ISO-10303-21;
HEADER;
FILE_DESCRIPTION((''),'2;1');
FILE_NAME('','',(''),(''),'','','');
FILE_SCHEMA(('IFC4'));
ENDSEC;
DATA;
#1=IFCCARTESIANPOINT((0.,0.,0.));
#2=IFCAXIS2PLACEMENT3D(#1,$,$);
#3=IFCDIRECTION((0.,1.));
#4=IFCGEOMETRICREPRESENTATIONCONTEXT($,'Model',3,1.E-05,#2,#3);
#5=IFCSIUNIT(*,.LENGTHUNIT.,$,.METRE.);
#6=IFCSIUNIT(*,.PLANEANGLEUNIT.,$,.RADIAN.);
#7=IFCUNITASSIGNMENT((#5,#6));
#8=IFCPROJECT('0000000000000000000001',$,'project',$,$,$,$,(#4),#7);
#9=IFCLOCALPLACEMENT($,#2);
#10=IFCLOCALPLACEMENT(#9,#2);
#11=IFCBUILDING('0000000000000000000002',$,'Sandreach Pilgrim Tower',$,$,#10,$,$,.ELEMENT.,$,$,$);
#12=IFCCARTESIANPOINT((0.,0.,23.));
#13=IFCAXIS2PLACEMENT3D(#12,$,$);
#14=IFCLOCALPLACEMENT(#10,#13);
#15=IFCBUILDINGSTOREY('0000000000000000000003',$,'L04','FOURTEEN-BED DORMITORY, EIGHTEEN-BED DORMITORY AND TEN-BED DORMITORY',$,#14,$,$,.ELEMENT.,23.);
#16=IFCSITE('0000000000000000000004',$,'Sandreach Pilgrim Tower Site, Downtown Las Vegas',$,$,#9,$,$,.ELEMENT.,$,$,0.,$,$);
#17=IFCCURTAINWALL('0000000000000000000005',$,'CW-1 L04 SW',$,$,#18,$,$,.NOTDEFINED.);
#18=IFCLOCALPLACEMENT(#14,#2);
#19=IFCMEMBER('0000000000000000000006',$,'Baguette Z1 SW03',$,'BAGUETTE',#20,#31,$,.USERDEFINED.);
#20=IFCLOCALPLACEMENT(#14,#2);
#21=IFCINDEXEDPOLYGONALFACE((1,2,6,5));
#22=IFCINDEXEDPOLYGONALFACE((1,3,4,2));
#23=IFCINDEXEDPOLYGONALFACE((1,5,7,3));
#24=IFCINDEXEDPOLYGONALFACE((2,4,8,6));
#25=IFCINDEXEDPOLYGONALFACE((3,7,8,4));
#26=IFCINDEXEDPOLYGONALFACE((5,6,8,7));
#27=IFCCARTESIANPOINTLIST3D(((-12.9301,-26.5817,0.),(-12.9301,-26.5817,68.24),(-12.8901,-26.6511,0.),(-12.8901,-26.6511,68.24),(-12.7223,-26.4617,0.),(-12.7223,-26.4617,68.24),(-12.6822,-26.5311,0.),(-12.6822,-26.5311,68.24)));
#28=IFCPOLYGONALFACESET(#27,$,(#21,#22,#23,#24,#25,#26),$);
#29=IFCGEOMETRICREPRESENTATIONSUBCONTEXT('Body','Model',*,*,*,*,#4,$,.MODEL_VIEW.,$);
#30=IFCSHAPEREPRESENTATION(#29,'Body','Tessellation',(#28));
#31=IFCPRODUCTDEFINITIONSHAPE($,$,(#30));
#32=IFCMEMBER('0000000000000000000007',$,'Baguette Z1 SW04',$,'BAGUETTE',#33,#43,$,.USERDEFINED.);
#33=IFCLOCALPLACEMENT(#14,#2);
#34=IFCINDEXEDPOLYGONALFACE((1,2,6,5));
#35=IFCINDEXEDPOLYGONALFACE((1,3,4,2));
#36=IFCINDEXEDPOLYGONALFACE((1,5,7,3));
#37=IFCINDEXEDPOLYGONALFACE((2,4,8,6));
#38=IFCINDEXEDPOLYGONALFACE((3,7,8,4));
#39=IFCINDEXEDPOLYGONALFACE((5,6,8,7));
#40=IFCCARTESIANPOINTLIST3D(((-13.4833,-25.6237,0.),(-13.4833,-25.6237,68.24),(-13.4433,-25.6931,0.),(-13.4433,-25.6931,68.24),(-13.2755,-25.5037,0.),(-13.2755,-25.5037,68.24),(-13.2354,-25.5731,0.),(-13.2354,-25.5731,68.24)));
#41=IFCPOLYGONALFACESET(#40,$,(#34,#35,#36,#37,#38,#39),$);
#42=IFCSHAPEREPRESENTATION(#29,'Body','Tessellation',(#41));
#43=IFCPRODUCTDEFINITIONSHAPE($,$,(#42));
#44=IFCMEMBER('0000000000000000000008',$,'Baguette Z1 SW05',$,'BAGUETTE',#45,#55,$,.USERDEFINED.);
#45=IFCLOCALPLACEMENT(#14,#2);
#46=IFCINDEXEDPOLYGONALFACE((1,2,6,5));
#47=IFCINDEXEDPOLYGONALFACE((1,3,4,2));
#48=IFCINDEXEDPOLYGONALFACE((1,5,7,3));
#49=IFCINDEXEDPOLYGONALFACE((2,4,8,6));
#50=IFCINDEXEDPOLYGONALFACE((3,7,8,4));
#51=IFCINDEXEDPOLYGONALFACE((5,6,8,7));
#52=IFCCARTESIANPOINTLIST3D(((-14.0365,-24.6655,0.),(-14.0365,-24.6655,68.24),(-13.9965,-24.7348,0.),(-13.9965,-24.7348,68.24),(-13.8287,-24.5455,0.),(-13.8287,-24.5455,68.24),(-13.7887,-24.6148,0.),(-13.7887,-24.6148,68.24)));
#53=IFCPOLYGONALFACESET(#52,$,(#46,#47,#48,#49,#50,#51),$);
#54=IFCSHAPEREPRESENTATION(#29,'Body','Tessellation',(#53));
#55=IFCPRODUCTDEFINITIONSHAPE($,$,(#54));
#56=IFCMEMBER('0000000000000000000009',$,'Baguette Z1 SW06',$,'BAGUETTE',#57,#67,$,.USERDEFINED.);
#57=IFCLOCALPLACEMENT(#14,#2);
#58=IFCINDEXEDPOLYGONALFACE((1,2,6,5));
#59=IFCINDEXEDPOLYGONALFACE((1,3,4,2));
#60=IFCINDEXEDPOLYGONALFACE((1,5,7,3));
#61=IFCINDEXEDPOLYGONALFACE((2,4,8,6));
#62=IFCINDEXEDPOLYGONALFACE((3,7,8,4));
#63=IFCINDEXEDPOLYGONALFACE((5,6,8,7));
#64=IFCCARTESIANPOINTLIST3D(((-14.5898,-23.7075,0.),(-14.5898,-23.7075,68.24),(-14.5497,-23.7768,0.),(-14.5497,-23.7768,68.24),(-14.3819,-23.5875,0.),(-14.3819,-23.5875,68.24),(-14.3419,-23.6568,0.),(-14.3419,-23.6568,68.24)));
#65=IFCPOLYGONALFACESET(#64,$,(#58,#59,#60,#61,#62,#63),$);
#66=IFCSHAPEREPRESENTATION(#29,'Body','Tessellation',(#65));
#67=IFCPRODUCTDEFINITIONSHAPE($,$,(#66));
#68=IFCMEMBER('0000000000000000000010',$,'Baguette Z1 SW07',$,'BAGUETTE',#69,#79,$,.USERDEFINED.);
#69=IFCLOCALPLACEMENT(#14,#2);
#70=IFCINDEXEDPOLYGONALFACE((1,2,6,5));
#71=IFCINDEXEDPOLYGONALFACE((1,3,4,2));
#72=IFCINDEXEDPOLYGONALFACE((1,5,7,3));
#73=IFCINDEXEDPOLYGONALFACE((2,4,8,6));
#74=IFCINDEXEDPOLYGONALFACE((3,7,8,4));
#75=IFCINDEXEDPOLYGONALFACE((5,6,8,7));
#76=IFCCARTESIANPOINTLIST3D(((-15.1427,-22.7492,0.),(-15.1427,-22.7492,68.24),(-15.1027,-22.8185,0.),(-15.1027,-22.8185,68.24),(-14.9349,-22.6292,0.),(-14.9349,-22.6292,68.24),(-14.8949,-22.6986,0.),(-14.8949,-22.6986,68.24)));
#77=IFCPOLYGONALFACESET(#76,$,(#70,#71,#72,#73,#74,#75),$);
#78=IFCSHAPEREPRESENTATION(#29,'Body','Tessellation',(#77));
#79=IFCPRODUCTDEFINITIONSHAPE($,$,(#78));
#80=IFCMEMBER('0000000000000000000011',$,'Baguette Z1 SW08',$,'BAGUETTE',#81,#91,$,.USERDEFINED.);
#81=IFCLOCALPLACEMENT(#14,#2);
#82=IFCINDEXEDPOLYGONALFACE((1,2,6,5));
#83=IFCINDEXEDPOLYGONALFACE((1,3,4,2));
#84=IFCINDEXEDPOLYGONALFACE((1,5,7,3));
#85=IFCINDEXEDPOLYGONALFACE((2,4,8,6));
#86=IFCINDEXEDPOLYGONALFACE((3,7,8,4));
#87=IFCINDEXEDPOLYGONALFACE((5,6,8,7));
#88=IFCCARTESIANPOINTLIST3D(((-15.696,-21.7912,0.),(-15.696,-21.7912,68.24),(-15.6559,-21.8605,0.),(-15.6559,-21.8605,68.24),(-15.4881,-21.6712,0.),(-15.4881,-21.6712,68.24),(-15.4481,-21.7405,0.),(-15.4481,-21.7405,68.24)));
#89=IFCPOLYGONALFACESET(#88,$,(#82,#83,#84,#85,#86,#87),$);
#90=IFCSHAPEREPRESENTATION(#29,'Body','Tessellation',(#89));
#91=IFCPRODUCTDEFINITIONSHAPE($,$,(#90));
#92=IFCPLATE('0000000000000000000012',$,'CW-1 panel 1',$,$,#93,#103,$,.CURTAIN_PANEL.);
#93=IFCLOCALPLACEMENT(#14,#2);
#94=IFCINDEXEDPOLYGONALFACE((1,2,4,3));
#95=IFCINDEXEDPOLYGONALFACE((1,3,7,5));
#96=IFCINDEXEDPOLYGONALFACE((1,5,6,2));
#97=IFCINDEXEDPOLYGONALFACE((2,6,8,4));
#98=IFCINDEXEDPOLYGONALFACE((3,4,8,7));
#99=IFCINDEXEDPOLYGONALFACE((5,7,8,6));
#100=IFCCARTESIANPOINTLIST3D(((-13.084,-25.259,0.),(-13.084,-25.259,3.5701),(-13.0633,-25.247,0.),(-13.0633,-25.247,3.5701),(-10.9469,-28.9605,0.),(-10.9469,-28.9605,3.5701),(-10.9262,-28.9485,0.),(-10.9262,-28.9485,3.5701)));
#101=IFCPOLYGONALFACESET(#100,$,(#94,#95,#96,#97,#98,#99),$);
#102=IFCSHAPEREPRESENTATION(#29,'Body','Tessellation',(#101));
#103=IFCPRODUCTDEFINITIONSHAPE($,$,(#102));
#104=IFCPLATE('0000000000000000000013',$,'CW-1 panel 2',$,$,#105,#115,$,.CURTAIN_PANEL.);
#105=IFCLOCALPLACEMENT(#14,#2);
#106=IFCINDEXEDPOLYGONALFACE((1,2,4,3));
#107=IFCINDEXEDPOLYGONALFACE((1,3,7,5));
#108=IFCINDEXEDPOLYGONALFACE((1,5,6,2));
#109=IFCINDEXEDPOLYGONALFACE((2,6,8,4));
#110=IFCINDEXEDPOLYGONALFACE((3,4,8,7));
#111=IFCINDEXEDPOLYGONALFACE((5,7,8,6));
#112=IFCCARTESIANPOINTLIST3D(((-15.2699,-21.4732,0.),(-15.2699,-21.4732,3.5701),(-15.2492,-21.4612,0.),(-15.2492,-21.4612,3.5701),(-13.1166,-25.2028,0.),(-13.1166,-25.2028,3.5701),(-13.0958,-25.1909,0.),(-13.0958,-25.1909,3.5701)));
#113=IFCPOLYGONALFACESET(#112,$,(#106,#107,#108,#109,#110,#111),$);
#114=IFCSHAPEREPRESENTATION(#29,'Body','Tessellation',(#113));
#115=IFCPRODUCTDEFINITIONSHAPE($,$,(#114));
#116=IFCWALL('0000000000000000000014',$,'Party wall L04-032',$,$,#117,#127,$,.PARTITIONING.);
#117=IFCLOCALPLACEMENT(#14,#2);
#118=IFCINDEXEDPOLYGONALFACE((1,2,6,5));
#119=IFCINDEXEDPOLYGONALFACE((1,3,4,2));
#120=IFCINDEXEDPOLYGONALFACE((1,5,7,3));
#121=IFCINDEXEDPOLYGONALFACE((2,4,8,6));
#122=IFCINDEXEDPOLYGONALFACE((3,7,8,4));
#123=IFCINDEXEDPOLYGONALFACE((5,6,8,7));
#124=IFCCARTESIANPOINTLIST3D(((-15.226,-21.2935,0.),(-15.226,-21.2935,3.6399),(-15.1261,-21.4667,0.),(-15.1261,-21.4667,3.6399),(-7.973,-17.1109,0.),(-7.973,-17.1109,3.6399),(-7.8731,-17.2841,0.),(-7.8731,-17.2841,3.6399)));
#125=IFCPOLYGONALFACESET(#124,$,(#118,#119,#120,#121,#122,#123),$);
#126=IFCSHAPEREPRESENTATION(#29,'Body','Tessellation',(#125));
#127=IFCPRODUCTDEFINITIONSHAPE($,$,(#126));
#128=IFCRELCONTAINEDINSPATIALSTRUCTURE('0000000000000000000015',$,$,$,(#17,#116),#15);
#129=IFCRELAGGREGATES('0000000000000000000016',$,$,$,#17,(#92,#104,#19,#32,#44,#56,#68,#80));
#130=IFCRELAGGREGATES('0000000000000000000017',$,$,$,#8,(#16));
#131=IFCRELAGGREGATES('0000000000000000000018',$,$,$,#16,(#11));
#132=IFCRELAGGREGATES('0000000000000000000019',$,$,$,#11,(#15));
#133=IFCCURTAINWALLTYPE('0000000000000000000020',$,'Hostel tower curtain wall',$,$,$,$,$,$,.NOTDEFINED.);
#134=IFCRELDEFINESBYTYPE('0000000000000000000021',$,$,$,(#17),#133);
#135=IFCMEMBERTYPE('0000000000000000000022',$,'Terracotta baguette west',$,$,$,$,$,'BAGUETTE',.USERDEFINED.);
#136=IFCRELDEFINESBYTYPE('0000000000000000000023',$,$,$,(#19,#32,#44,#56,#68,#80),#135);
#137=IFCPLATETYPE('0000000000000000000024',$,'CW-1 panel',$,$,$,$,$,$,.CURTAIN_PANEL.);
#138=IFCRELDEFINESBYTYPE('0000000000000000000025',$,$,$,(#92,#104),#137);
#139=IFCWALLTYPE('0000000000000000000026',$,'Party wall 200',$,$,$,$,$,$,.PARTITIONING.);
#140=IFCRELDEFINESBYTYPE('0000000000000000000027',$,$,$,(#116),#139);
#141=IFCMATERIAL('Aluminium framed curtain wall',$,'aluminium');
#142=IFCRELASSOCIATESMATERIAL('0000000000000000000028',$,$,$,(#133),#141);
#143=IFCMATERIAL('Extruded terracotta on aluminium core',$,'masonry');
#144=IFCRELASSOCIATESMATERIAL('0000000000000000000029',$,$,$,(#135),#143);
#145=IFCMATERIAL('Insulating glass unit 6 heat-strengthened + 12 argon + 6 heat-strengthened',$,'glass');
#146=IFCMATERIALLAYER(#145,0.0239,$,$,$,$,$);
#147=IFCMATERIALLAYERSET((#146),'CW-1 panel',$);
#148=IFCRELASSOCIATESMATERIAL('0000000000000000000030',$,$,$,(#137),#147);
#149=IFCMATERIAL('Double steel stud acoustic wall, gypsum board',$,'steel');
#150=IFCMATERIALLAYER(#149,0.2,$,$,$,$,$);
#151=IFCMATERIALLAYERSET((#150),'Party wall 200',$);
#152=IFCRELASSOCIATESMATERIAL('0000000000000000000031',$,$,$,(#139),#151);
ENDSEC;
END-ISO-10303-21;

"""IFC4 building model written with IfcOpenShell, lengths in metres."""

from ifc_helpers import new_model, si_unit, direction, frame, frame_2d, origin, origin_2d, place, context, subcontext, project, spatial, rectangle, extrude, material, layer, layer_set, material_profile, profile_set, type_object, element, aggregate, save


model = new_model("IFC4")

# Units and contexts
model_context = context("Model", 3, precision=1e-05, world=origin(), true_north=direction((0.0, 1.0)))
body_context = subcontext(model_context, "Body", "Model", "MODEL_VIEW")
ifc_project = project(units=[si_unit("LENGTHUNIT", "METRE"), si_unit("PLANEANGLEUNIT", "RADIAN")], contexts=[model_context])

# Site, building, storey
site_placement = place(None, origin())
site = spatial("IfcSite", under=ifc_project, at=site_placement, Name="Sandreach Pilgrim Tower Site, Downtown Las Vegas", CompositionType="ELEMENT", RefElevation=0.0)
building_placement = place(site_placement, origin())
building = spatial("IfcBuilding", under=site, at=building_placement, Name="Sandreach Pilgrim Tower", CompositionType="ELEMENT")
storey_placement = place(building_placement, frame((0.0, 0.0, 23.0)))
storey = spatial("IfcBuildingStorey", under=building, at=storey_placement, Name="L04", Description="FOURTEEN-BED DORMITORY, EIGHTEEN-BED DORMITORY AND TEN-BED DORMITORY", CompositionType="ELEMENT", Elevation=23.0)

# Curtain wall
ifc_material_1 = material(Name="Aluminium framed curtain wall", Category="aluminium")
curtain_wall_type = type_object("IfcCurtainWallType", Name="Hostel tower curtain wall", PredefinedType="NOTDEFINED", material=ifc_material_1)
curtain_wall_placement = place(storey_placement, origin())
curtain_wall = element("IfcCurtainWall", 1, at=curtain_wall_placement, inside=storey, type_object=curtain_wall_type, Name="CW-1 L04 SW", PredefinedType="NOTDEFINED")

# Members
ifc_material_2 = material(Name="Extruded terracotta on aluminium core", Category="masonry")
ifc_material_profile_1 = material_profile(ifc_material_2, rectangle(XDim=0.0801, YDim=0.24, at=origin_2d()), Name="TBW 80X240")
ifc_profile_set_1 = profile_set([ifc_material_profile_1], Name="Extruded terracotta on aluminium core")
member_type_1 = type_object("IfcMemberType", Name="Terracotta baguette west", ElementType="BAGUETTE", PredefinedType="USERDEFINED", material=ifc_profile_set_1)
member_1_placement = place(storey_placement, frame((-12.8062, -26.5564, 0.0), z_axis=(0.0, 0.0, 1.0), x_axis=(-0.5, 0.866025, 0.0)))
member_1 = element("IfcMember", 2, at=member_1_placement, type_object=member_type_1, Name="Baguette Z1 SW03", ObjectType="BAGUETTE", PredefinedType="USERDEFINED", context=body_context, shape_type="SweptSolid", body=[
    extrude(rectangle(XDim=0.0801, YDim=0.24, at=origin_2d()), origin(), (0.0, 0.0, 1.0), 68.24),
])
member_2_placement = place(storey_placement, frame((-13.3594, -25.5984, 0.0), z_axis=(0.0, 0.0, 1.0), x_axis=(-0.5, 0.866025, 0.0)))
member_2 = element("IfcMember", 3, at=member_2_placement, type_object=member_type_1, Name="Baguette Z1 SW04", ObjectType="BAGUETTE", PredefinedType="USERDEFINED", context=body_context, shape_type="SweptSolid", body=[
    extrude(rectangle(XDim=0.0801, YDim=0.24, at=origin_2d()), origin(), (0.0, 0.0, 1.0), 68.24),
])
member_3_placement = place(storey_placement, frame((-13.9126, -24.6401, 0.0), z_axis=(0.0, 0.0, 1.0), x_axis=(-0.5, 0.866025, 0.0)))
member_3 = element("IfcMember", 4, at=member_3_placement, type_object=member_type_1, Name="Baguette Z1 SW05", ObjectType="BAGUETTE", PredefinedType="USERDEFINED", context=body_context, shape_type="SweptSolid", body=[
    extrude(rectangle(XDim=0.0801, YDim=0.24, at=origin_2d()), origin(), (0.0, 0.0, 1.0), 68.24),
])
member_4_placement = place(storey_placement, frame((-14.4658, -23.6821, 0.0), z_axis=(0.0, 0.0, 1.0), x_axis=(-0.5, 0.866025, 0.0)))
member_4 = element("IfcMember", 5, at=member_4_placement, type_object=member_type_1, Name="Baguette Z1 SW06", ObjectType="BAGUETTE", PredefinedType="USERDEFINED", context=body_context, shape_type="SweptSolid", body=[
    extrude(rectangle(XDim=0.0801, YDim=0.24, at=origin_2d()), origin(), (0.0, 0.0, 1.0), 68.24),
])
member_5_placement = place(storey_placement, frame((-15.0188, -22.7239, 0.0), z_axis=(0.0, 0.0, 1.0), x_axis=(-0.5, 0.866025, 0.0)))
member_5 = element("IfcMember", 6, at=member_5_placement, type_object=member_type_1, Name="Baguette Z1 SW07", ObjectType="BAGUETTE", PredefinedType="USERDEFINED", context=body_context, shape_type="SweptSolid", body=[
    extrude(rectangle(XDim=0.0801, YDim=0.24, at=origin_2d()), origin(), (0.0, 0.0, 1.0), 68.24),
])
member_6_placement = place(storey_placement, frame((-15.572, -21.7659, 0.0), z_axis=(0.0, 0.0, 1.0), x_axis=(-0.5, 0.866025, 0.0)))
member_6 = element("IfcMember", 7, at=member_6_placement, type_object=member_type_1, Name="Baguette Z1 SW08", ObjectType="BAGUETTE", PredefinedType="USERDEFINED", context=body_context, shape_type="SweptSolid", body=[
    extrude(rectangle(XDim=0.0801, YDim=0.24, at=origin_2d()), origin(), (0.0, 0.0, 1.0), 68.24),
])

# Plates
ifc_material_3 = material(Name="Insulating glass unit 6 heat-strengthened + 12 argon + 6 heat-strengthened", Category="glass")
ifc_layer_1 = layer(ifc_material_3, 0.0239)
ifc_layer_set_1 = layer_set([ifc_layer_1], Name="CW-1 panel")
plate_type = type_object("IfcPlateType", Name="CW-1 panel", PredefinedType="CURTAIN_PANEL", material=ifc_layer_set_1)
plate_1_placement = place(storey_placement, frame((-12.0051, -27.1038, 0.0), z_axis=(0.0, 0.0, 1.0), x_axis=(-0.5, 0.866025, 0.0)))
plate_1 = element("IfcPlate", 8, at=plate_1_placement, type_object=plate_type, Name="CW-1 panel 1", PredefinedType="CURTAIN_PANEL", context=body_context, shape_type="SweptSolid", body=[
    extrude(rectangle(XDim=4.2742, YDim=0.0239, at=origin_2d()), origin(), (0.0, 0.0, 1.0), 3.5701),
])
plate_2_placement = place(storey_placement, frame((-14.1829, -23.332, 0.0), z_axis=(0.0, 0.0, 1.0), x_axis=(-0.5, 0.866025, 0.0)))
plate_2 = element("IfcPlate", 9, at=plate_2_placement, type_object=plate_type, Name="CW-1 panel 2", PredefinedType="CURTAIN_PANEL", context=body_context, shape_type="SweptSolid", body=[
    extrude(rectangle(XDim=4.3066, YDim=0.0239, at=origin_2d()), origin(), (0.0, 0.0, 1.0), 3.5701),
])
aggregate(curtain_wall, [plate_1, plate_2, member_1, member_2, member_3, member_4, member_5, member_6])

# Wall
ifc_material_4 = material(Name="Double steel stud acoustic wall, gypsum board", Category="steel")
ifc_layer_2 = layer(ifc_material_4, 0.2)
ifc_layer_set_2 = layer_set([ifc_layer_2], Name="Party wall 200")
wall_type = type_object("IfcWallType", Name="Party wall 200", PredefinedType="PARTITIONING", material=ifc_layer_set_2)
wall_placement = place(storey_placement, frame((-15.176, -21.3801, 0.0), z_axis=(0.0, 0.0, 1.0), x_axis=(0.866277, 0.499564, 0.0)))
element("IfcWall", 10, at=wall_placement, inside=storey, type_object=wall_type, Name="Party wall L04-032", PredefinedType="PARTITIONING", context=body_context, shape_type="SweptSolid", body=[
    extrude(rectangle(XDim=8.3726, YDim=0.2, at=frame_2d((4.1863, 0.0))), origin(), (0.0, 0.0, 1.0), 3.6399),
])

save(model, "model.ifc")
